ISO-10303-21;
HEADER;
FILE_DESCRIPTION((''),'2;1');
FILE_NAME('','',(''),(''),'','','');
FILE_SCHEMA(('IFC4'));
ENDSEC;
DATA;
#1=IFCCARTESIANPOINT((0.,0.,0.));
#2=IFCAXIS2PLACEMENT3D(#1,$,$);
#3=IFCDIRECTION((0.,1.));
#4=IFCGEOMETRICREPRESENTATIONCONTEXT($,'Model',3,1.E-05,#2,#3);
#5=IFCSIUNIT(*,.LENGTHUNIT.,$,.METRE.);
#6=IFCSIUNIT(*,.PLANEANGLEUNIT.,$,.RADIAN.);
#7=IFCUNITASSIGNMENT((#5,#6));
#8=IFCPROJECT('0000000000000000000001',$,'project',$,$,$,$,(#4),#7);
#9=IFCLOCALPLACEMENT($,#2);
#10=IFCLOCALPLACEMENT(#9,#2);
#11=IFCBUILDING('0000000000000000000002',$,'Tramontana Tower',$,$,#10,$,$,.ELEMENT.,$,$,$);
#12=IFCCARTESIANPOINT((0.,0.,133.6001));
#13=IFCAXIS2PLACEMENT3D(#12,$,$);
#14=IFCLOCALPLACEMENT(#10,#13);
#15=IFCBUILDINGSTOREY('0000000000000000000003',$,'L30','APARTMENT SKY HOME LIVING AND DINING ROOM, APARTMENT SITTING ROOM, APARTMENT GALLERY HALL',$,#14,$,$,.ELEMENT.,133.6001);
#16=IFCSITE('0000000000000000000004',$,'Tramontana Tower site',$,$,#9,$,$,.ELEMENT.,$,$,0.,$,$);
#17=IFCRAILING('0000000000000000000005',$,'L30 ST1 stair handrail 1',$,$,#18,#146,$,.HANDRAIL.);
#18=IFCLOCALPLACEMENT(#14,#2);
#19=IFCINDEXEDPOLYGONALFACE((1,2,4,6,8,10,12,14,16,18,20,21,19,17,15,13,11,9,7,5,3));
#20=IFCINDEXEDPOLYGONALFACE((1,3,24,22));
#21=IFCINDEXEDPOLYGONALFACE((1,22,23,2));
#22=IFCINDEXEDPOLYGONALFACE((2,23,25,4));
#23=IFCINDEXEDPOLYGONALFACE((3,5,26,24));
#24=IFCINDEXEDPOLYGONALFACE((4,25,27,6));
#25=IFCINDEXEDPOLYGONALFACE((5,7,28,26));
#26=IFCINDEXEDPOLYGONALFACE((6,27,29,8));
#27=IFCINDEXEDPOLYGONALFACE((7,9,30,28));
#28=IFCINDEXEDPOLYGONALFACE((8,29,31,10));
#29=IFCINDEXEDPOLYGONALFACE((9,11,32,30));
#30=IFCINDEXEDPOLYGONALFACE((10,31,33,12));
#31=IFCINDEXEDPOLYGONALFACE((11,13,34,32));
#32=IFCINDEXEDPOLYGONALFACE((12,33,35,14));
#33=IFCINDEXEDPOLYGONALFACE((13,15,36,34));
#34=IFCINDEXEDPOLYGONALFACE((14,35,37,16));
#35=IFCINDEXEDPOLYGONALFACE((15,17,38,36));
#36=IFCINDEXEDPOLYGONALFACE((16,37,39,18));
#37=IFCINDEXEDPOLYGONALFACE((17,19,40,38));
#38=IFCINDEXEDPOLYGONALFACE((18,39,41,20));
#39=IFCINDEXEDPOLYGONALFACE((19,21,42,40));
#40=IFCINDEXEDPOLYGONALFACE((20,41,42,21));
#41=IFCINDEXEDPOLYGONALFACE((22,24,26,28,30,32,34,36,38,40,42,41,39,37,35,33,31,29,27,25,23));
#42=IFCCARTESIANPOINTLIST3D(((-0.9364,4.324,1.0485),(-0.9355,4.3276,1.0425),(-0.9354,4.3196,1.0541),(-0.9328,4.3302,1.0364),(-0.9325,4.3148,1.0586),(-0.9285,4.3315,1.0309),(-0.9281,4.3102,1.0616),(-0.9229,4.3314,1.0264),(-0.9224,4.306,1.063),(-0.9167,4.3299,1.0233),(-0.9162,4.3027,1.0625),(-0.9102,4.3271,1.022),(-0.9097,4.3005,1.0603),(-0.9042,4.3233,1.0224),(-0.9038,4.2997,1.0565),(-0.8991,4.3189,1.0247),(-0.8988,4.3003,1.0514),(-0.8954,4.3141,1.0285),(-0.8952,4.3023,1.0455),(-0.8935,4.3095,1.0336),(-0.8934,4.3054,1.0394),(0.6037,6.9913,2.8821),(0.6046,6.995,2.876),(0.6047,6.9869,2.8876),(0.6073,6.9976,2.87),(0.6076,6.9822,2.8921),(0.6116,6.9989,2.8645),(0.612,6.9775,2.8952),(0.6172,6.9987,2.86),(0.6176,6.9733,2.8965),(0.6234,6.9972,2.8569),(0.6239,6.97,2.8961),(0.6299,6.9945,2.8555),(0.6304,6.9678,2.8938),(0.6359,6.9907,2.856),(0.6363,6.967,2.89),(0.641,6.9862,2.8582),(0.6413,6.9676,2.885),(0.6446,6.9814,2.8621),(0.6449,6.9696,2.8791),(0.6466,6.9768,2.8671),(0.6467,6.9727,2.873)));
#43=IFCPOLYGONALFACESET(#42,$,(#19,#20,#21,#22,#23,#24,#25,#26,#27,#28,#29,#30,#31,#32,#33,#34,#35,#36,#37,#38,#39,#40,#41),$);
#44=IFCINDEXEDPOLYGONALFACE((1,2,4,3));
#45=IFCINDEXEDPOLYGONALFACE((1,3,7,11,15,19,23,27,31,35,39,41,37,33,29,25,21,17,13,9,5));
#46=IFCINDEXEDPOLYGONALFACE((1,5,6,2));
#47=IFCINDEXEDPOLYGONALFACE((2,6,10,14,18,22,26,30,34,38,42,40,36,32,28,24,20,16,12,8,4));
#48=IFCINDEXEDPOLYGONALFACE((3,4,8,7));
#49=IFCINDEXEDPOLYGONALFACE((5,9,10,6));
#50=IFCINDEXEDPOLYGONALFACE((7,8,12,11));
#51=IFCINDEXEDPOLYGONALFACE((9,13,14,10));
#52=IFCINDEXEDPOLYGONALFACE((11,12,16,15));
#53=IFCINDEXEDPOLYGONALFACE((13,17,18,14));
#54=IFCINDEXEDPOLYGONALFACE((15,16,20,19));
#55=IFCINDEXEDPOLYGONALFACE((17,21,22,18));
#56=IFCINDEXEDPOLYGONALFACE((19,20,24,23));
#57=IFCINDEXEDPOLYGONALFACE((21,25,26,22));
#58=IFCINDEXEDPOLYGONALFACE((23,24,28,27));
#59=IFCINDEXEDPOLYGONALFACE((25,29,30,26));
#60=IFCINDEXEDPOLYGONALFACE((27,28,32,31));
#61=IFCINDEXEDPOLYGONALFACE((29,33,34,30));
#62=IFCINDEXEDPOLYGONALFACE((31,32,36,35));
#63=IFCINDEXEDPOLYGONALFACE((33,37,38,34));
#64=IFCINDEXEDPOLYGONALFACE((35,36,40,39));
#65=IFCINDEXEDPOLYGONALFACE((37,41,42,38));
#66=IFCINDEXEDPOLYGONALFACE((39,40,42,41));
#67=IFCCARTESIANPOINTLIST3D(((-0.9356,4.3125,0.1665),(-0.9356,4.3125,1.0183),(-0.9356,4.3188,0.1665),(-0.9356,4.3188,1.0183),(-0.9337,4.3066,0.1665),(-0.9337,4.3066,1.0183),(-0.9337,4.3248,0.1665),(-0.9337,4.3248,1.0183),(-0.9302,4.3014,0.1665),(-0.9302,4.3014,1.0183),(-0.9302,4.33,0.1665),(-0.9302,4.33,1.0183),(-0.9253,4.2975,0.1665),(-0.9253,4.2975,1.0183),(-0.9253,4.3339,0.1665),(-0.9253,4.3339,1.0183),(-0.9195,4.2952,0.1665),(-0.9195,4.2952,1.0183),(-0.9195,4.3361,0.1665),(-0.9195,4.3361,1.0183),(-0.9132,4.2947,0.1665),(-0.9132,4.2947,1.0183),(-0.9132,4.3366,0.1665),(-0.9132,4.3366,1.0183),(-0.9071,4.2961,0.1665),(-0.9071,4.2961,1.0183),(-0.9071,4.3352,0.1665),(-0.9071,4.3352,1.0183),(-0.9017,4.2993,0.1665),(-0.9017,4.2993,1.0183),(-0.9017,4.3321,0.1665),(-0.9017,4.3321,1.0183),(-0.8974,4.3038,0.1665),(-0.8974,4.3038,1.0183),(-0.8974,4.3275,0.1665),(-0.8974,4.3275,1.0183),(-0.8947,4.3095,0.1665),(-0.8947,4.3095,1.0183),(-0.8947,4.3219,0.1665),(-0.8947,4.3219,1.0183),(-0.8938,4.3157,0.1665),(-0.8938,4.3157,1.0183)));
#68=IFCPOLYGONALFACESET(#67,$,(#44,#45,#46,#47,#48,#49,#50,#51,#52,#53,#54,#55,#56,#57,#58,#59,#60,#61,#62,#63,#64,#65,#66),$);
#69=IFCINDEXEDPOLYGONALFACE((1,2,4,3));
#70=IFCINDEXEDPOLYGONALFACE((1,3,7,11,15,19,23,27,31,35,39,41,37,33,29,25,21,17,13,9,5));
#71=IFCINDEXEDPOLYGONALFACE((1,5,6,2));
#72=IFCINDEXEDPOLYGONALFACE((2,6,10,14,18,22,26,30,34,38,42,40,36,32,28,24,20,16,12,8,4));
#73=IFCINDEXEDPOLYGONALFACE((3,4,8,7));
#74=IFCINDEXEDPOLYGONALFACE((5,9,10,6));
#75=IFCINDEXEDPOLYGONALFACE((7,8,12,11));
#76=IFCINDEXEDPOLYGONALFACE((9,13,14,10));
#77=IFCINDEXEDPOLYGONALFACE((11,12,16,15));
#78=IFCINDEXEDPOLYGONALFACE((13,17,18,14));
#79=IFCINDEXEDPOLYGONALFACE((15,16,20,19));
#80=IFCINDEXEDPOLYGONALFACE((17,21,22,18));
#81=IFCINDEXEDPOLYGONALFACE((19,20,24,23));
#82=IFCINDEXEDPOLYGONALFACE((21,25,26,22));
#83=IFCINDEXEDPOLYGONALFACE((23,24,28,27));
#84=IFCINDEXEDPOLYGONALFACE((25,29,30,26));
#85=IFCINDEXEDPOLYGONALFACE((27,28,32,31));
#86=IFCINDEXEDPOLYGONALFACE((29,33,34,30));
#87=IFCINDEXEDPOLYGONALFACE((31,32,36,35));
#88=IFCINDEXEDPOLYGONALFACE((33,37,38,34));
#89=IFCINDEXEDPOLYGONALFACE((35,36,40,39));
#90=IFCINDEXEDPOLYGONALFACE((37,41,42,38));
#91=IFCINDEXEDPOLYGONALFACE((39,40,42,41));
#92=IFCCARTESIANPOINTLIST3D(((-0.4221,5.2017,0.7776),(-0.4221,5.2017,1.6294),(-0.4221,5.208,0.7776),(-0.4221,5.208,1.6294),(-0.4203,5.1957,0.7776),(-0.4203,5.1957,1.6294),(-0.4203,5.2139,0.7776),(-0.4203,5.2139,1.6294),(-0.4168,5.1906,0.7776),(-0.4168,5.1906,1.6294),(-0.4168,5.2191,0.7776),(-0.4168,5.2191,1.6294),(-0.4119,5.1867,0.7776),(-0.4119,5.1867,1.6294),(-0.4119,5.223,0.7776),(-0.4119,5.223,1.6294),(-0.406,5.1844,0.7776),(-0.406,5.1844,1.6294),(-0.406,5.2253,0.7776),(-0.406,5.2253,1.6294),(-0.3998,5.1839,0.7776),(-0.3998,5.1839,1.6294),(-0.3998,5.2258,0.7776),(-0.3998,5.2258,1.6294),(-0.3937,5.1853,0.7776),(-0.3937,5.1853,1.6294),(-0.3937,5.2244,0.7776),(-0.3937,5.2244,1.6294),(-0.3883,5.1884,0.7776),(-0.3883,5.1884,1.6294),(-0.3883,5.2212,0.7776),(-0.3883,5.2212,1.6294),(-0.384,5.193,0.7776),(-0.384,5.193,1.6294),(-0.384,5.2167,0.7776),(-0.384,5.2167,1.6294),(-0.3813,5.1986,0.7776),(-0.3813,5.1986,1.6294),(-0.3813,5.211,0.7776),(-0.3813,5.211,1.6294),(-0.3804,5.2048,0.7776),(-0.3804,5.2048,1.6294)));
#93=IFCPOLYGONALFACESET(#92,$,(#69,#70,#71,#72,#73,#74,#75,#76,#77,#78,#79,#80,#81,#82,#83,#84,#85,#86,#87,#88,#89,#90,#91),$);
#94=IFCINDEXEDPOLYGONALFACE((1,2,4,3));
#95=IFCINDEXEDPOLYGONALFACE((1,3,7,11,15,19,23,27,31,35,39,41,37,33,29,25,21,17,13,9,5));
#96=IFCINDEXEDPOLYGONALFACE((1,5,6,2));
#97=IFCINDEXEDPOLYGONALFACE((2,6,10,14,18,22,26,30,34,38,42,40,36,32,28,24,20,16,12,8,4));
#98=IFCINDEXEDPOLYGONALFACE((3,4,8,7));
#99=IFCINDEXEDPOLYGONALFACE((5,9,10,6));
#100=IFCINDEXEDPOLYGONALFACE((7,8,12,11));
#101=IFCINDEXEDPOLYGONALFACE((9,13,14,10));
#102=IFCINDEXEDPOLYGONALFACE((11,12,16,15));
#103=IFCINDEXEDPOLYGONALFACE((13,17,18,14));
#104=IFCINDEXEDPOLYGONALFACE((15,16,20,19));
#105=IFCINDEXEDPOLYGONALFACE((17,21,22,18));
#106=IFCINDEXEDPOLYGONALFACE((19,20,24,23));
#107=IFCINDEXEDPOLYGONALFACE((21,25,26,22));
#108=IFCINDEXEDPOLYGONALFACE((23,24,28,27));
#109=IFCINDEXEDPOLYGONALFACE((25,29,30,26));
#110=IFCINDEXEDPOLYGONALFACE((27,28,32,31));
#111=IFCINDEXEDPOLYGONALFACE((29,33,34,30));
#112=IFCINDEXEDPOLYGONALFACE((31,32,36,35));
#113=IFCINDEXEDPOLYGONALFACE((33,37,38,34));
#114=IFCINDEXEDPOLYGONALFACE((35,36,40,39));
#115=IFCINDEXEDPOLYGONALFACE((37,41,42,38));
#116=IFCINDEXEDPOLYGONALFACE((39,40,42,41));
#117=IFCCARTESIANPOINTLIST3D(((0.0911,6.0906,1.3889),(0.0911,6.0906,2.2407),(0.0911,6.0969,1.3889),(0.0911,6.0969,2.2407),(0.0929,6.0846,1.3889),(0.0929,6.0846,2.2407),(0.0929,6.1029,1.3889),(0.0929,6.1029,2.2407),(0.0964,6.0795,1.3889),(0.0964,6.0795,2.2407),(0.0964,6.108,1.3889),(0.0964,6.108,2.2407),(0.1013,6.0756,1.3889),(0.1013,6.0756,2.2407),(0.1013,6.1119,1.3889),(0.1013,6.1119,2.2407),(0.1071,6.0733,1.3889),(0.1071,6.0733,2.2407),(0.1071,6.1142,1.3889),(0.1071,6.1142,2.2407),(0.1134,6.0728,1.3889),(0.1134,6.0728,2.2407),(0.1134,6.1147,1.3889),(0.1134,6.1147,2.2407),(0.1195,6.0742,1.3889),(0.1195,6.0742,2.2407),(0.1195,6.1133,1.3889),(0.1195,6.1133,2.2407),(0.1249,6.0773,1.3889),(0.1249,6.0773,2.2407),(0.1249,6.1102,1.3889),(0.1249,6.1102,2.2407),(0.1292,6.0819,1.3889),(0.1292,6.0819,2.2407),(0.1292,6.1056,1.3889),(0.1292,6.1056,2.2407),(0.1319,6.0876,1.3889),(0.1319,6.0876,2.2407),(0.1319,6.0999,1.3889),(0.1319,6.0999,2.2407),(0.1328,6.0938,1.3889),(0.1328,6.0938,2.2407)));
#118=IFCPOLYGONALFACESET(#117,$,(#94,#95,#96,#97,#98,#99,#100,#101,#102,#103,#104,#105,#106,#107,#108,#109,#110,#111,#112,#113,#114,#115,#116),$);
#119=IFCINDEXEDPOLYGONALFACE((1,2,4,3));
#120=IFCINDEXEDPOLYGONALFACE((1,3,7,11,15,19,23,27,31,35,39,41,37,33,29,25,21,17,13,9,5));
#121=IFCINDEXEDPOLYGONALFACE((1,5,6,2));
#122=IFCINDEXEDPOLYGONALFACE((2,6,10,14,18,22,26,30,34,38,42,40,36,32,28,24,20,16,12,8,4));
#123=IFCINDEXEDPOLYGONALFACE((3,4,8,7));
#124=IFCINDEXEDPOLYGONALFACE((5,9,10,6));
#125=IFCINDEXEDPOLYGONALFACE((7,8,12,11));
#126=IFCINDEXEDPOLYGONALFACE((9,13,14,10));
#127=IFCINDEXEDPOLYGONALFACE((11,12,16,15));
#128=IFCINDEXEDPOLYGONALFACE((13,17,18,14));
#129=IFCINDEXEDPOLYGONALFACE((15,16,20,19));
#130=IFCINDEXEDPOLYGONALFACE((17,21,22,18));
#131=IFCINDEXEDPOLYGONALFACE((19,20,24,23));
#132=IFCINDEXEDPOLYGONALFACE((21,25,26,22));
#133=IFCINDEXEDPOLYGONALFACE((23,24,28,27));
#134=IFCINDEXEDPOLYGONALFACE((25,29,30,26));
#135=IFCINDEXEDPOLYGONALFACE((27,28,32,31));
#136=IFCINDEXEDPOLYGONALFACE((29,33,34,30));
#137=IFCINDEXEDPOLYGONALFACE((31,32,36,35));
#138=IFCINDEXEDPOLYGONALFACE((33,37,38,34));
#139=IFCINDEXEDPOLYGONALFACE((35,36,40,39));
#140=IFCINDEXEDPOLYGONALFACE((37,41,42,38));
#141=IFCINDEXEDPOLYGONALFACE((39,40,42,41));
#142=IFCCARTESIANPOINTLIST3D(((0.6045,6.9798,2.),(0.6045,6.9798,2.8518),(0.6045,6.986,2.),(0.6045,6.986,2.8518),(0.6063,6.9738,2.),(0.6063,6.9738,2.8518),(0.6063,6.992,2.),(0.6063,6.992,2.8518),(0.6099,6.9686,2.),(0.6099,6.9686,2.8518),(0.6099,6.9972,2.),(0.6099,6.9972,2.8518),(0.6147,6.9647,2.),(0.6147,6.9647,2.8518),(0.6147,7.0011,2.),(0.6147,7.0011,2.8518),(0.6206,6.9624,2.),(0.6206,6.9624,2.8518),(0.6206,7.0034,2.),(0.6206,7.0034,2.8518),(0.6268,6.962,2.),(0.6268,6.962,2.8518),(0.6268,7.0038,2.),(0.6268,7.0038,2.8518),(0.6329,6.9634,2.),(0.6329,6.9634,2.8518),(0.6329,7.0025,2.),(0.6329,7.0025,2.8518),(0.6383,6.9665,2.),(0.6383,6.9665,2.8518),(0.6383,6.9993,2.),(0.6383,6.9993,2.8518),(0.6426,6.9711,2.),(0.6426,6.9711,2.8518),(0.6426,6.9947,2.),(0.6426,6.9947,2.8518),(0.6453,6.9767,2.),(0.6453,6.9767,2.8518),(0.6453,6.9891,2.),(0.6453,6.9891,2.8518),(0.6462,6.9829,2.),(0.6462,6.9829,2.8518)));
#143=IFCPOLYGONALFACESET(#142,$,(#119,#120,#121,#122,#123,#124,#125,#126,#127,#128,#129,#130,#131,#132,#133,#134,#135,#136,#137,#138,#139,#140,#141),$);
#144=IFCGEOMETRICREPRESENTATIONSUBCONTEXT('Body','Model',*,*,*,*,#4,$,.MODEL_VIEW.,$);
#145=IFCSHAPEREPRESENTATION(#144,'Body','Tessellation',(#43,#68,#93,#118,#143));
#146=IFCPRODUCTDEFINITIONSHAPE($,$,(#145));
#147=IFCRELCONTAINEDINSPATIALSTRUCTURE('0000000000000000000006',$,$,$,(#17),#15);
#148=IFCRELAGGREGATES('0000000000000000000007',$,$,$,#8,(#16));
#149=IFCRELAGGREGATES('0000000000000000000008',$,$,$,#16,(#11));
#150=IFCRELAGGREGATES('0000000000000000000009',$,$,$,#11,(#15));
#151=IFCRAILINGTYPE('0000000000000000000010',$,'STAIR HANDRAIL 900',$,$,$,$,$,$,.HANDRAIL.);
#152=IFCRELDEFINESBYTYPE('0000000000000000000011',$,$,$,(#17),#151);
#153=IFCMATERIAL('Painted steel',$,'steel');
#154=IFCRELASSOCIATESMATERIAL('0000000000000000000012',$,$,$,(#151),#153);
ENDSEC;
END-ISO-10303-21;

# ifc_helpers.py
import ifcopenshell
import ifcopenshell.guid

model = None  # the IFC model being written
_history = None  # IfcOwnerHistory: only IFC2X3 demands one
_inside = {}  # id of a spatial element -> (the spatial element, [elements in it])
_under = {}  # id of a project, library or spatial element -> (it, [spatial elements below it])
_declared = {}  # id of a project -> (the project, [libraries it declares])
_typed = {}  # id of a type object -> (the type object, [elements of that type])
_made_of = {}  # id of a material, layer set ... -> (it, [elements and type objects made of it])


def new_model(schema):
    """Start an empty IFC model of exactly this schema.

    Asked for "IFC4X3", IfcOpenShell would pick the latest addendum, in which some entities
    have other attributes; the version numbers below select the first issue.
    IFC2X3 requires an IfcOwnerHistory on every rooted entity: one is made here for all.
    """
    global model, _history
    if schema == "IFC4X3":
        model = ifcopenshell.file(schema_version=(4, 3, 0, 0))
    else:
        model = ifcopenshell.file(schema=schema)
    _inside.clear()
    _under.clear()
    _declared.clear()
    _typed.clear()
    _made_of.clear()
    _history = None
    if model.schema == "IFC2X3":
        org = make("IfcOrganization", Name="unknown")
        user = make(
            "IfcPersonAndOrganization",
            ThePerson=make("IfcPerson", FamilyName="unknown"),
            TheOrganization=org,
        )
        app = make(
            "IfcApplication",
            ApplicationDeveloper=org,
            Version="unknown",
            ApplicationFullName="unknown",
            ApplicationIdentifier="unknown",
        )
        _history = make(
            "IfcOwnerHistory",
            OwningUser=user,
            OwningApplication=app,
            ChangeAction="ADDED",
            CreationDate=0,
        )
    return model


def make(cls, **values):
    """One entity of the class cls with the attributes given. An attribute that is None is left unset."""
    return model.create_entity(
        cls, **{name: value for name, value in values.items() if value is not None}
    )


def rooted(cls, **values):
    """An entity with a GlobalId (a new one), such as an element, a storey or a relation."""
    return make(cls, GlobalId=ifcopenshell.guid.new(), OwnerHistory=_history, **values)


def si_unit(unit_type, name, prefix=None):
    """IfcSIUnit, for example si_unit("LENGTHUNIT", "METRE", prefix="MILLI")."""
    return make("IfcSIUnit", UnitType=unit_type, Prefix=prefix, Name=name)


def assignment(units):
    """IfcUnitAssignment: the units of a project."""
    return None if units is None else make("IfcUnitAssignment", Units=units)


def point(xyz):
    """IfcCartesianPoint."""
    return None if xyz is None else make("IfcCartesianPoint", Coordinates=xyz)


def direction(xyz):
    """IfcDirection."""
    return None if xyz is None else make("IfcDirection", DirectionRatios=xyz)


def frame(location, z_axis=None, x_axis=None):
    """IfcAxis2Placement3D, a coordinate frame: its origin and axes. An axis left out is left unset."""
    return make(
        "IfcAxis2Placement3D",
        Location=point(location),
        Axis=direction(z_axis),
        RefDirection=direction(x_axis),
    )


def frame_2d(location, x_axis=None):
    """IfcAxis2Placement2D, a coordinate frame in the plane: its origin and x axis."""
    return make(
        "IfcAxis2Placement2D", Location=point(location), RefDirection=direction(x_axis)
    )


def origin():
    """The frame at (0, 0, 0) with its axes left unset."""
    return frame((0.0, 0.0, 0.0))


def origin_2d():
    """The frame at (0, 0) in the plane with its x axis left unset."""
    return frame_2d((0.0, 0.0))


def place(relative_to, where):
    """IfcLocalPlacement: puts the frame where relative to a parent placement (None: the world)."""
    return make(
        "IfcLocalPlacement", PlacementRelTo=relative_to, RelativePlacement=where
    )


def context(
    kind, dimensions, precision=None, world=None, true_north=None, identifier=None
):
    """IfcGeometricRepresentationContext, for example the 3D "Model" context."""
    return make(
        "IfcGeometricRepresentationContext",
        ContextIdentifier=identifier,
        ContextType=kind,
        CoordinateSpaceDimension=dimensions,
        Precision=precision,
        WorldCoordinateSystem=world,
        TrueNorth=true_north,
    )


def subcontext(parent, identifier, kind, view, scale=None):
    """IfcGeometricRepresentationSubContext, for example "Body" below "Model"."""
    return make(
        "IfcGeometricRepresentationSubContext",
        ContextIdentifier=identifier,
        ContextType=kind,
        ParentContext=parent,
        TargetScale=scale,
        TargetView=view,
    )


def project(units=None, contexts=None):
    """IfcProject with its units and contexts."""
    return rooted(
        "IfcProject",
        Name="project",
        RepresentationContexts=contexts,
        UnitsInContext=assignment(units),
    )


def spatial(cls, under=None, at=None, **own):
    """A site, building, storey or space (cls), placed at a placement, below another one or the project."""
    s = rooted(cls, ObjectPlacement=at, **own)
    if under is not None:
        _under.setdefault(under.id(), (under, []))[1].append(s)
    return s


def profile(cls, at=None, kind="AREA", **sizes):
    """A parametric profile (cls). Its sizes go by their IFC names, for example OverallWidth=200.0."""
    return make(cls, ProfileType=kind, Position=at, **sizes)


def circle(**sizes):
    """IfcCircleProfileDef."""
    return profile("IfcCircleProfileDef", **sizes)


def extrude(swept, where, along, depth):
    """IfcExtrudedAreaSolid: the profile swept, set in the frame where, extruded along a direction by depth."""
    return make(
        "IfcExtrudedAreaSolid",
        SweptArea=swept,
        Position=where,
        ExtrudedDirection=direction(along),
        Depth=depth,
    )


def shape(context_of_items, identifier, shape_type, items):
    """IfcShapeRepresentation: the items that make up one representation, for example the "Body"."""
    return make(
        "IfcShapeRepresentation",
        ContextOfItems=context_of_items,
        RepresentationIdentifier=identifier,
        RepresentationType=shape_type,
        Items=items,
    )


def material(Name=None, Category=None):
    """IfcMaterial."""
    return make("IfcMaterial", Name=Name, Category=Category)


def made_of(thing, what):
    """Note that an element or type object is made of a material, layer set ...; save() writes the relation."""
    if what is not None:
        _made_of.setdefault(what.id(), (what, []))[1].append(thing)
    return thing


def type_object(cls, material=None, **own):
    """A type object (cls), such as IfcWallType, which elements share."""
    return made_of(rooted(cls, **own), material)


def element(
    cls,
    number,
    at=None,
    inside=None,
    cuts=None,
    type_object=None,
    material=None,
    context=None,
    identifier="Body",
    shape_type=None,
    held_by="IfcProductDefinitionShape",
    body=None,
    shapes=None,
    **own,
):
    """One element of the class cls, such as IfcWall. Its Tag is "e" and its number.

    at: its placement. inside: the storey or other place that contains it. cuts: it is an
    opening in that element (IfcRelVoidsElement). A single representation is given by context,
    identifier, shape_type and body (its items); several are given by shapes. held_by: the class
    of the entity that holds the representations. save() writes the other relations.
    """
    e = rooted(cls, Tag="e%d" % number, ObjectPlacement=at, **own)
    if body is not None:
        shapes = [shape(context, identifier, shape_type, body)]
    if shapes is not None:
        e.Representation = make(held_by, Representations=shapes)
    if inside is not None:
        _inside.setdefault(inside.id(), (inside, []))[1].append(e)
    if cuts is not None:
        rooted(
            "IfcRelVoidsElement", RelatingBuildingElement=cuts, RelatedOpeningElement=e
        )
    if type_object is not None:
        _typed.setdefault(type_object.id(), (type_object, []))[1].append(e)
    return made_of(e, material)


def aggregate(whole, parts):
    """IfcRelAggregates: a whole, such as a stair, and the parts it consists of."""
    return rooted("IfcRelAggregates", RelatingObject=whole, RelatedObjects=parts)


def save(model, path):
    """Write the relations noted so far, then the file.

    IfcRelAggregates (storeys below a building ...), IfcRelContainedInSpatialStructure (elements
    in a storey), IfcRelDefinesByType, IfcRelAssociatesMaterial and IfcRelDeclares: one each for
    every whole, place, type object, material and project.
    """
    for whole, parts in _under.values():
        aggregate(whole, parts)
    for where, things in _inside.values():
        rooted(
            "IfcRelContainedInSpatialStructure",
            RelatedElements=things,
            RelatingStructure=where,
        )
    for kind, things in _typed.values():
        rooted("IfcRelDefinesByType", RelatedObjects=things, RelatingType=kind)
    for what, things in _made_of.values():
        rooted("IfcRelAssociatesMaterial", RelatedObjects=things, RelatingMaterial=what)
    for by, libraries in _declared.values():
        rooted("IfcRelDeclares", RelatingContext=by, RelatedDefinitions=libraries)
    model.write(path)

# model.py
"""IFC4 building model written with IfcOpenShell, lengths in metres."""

from ifc_helpers import new_model, si_unit, direction, frame, origin, origin_2d, place, context, subcontext, project, spatial, circle, extrude, material, type_object, element, save


model = new_model("IFC4")

# Units and contexts
model_context = context("Model", 3, precision=1e-05, world=origin(), true_north=direction((0.0, 1.0)))
body_context = subcontext(model_context, "Body", "Model", "MODEL_VIEW")
ifc_project = project(units=[si_unit("LENGTHUNIT", "METRE"), si_unit("PLANEANGLEUNIT", "RADIAN")], contexts=[model_context])

# Site, building, storey
site_placement = place(None, origin())
site = spatial("IfcSite", under=ifc_project, at=site_placement, Name="Tramontana Tower site", CompositionType="ELEMENT", RefElevation=0.0)
building_placement = place(site_placement, origin())
building = spatial("IfcBuilding", under=site, at=building_placement, Name="Tramontana Tower", CompositionType="ELEMENT")
storey_placement = place(building_placement, frame((0.0, 0.0, 133.6001)))
storey = spatial("IfcBuildingStorey", under=building, at=storey_placement, Name="L30", Description="APARTMENT SKY HOME LIVING AND DINING ROOM, APARTMENT SITTING ROOM, APARTMENT GALLERY HALL", CompositionType="ELEMENT", Elevation=133.6001)

# Railing
ifc_material_1 = material(Name="Painted steel", Category="steel")
railing_type_1 = type_object("IfcRailingType", Name="STAIR HANDRAIL 900", PredefinedType="HANDRAIL", material=ifc_material_1)
railing_1_placement = place(storey_placement, frame((-0.9148, 4.3157, 0.1665)))
element("IfcRailing", 1, at=railing_1_placement, inside=storey, type_object=railing_type_1, Name="L30 ST1 stair handrail 1", PredefinedType="HANDRAIL", context=body_context, shape_type="SweptSolid", body=[
    extrude(circle(Radius=0.0239, at=origin_2d()), frame((0.0, 0.0, 0.876), z_axis=(0.429656, 0.744134, 0.511528), x_axis=(-0.86601, 0.500027, 0.0)), (0.0, 0.0, 1.0), 3.5845),
    extrude(circle(Radius=0.021, at=origin_2d()), origin(), (0.0, 0.0, 1.0), 0.8518),
    extrude(circle(Radius=0.021, at=origin_2d()), frame((0.5134, 0.8892, 0.6111)), (0.0, 0.0, 1.0), 0.8518),
    extrude(circle(Radius=0.021, at=origin_2d()), frame((1.0266, 1.7781, 1.2224)), (0.0, 0.0, 1.0), 0.8518),
    extrude(circle(Radius=0.021, at=origin_2d()), frame((1.54, 2.6672, 1.8335)), (0.0, 0.0, 1.0), 0.8518),
])

save(model, "model.ifc")
